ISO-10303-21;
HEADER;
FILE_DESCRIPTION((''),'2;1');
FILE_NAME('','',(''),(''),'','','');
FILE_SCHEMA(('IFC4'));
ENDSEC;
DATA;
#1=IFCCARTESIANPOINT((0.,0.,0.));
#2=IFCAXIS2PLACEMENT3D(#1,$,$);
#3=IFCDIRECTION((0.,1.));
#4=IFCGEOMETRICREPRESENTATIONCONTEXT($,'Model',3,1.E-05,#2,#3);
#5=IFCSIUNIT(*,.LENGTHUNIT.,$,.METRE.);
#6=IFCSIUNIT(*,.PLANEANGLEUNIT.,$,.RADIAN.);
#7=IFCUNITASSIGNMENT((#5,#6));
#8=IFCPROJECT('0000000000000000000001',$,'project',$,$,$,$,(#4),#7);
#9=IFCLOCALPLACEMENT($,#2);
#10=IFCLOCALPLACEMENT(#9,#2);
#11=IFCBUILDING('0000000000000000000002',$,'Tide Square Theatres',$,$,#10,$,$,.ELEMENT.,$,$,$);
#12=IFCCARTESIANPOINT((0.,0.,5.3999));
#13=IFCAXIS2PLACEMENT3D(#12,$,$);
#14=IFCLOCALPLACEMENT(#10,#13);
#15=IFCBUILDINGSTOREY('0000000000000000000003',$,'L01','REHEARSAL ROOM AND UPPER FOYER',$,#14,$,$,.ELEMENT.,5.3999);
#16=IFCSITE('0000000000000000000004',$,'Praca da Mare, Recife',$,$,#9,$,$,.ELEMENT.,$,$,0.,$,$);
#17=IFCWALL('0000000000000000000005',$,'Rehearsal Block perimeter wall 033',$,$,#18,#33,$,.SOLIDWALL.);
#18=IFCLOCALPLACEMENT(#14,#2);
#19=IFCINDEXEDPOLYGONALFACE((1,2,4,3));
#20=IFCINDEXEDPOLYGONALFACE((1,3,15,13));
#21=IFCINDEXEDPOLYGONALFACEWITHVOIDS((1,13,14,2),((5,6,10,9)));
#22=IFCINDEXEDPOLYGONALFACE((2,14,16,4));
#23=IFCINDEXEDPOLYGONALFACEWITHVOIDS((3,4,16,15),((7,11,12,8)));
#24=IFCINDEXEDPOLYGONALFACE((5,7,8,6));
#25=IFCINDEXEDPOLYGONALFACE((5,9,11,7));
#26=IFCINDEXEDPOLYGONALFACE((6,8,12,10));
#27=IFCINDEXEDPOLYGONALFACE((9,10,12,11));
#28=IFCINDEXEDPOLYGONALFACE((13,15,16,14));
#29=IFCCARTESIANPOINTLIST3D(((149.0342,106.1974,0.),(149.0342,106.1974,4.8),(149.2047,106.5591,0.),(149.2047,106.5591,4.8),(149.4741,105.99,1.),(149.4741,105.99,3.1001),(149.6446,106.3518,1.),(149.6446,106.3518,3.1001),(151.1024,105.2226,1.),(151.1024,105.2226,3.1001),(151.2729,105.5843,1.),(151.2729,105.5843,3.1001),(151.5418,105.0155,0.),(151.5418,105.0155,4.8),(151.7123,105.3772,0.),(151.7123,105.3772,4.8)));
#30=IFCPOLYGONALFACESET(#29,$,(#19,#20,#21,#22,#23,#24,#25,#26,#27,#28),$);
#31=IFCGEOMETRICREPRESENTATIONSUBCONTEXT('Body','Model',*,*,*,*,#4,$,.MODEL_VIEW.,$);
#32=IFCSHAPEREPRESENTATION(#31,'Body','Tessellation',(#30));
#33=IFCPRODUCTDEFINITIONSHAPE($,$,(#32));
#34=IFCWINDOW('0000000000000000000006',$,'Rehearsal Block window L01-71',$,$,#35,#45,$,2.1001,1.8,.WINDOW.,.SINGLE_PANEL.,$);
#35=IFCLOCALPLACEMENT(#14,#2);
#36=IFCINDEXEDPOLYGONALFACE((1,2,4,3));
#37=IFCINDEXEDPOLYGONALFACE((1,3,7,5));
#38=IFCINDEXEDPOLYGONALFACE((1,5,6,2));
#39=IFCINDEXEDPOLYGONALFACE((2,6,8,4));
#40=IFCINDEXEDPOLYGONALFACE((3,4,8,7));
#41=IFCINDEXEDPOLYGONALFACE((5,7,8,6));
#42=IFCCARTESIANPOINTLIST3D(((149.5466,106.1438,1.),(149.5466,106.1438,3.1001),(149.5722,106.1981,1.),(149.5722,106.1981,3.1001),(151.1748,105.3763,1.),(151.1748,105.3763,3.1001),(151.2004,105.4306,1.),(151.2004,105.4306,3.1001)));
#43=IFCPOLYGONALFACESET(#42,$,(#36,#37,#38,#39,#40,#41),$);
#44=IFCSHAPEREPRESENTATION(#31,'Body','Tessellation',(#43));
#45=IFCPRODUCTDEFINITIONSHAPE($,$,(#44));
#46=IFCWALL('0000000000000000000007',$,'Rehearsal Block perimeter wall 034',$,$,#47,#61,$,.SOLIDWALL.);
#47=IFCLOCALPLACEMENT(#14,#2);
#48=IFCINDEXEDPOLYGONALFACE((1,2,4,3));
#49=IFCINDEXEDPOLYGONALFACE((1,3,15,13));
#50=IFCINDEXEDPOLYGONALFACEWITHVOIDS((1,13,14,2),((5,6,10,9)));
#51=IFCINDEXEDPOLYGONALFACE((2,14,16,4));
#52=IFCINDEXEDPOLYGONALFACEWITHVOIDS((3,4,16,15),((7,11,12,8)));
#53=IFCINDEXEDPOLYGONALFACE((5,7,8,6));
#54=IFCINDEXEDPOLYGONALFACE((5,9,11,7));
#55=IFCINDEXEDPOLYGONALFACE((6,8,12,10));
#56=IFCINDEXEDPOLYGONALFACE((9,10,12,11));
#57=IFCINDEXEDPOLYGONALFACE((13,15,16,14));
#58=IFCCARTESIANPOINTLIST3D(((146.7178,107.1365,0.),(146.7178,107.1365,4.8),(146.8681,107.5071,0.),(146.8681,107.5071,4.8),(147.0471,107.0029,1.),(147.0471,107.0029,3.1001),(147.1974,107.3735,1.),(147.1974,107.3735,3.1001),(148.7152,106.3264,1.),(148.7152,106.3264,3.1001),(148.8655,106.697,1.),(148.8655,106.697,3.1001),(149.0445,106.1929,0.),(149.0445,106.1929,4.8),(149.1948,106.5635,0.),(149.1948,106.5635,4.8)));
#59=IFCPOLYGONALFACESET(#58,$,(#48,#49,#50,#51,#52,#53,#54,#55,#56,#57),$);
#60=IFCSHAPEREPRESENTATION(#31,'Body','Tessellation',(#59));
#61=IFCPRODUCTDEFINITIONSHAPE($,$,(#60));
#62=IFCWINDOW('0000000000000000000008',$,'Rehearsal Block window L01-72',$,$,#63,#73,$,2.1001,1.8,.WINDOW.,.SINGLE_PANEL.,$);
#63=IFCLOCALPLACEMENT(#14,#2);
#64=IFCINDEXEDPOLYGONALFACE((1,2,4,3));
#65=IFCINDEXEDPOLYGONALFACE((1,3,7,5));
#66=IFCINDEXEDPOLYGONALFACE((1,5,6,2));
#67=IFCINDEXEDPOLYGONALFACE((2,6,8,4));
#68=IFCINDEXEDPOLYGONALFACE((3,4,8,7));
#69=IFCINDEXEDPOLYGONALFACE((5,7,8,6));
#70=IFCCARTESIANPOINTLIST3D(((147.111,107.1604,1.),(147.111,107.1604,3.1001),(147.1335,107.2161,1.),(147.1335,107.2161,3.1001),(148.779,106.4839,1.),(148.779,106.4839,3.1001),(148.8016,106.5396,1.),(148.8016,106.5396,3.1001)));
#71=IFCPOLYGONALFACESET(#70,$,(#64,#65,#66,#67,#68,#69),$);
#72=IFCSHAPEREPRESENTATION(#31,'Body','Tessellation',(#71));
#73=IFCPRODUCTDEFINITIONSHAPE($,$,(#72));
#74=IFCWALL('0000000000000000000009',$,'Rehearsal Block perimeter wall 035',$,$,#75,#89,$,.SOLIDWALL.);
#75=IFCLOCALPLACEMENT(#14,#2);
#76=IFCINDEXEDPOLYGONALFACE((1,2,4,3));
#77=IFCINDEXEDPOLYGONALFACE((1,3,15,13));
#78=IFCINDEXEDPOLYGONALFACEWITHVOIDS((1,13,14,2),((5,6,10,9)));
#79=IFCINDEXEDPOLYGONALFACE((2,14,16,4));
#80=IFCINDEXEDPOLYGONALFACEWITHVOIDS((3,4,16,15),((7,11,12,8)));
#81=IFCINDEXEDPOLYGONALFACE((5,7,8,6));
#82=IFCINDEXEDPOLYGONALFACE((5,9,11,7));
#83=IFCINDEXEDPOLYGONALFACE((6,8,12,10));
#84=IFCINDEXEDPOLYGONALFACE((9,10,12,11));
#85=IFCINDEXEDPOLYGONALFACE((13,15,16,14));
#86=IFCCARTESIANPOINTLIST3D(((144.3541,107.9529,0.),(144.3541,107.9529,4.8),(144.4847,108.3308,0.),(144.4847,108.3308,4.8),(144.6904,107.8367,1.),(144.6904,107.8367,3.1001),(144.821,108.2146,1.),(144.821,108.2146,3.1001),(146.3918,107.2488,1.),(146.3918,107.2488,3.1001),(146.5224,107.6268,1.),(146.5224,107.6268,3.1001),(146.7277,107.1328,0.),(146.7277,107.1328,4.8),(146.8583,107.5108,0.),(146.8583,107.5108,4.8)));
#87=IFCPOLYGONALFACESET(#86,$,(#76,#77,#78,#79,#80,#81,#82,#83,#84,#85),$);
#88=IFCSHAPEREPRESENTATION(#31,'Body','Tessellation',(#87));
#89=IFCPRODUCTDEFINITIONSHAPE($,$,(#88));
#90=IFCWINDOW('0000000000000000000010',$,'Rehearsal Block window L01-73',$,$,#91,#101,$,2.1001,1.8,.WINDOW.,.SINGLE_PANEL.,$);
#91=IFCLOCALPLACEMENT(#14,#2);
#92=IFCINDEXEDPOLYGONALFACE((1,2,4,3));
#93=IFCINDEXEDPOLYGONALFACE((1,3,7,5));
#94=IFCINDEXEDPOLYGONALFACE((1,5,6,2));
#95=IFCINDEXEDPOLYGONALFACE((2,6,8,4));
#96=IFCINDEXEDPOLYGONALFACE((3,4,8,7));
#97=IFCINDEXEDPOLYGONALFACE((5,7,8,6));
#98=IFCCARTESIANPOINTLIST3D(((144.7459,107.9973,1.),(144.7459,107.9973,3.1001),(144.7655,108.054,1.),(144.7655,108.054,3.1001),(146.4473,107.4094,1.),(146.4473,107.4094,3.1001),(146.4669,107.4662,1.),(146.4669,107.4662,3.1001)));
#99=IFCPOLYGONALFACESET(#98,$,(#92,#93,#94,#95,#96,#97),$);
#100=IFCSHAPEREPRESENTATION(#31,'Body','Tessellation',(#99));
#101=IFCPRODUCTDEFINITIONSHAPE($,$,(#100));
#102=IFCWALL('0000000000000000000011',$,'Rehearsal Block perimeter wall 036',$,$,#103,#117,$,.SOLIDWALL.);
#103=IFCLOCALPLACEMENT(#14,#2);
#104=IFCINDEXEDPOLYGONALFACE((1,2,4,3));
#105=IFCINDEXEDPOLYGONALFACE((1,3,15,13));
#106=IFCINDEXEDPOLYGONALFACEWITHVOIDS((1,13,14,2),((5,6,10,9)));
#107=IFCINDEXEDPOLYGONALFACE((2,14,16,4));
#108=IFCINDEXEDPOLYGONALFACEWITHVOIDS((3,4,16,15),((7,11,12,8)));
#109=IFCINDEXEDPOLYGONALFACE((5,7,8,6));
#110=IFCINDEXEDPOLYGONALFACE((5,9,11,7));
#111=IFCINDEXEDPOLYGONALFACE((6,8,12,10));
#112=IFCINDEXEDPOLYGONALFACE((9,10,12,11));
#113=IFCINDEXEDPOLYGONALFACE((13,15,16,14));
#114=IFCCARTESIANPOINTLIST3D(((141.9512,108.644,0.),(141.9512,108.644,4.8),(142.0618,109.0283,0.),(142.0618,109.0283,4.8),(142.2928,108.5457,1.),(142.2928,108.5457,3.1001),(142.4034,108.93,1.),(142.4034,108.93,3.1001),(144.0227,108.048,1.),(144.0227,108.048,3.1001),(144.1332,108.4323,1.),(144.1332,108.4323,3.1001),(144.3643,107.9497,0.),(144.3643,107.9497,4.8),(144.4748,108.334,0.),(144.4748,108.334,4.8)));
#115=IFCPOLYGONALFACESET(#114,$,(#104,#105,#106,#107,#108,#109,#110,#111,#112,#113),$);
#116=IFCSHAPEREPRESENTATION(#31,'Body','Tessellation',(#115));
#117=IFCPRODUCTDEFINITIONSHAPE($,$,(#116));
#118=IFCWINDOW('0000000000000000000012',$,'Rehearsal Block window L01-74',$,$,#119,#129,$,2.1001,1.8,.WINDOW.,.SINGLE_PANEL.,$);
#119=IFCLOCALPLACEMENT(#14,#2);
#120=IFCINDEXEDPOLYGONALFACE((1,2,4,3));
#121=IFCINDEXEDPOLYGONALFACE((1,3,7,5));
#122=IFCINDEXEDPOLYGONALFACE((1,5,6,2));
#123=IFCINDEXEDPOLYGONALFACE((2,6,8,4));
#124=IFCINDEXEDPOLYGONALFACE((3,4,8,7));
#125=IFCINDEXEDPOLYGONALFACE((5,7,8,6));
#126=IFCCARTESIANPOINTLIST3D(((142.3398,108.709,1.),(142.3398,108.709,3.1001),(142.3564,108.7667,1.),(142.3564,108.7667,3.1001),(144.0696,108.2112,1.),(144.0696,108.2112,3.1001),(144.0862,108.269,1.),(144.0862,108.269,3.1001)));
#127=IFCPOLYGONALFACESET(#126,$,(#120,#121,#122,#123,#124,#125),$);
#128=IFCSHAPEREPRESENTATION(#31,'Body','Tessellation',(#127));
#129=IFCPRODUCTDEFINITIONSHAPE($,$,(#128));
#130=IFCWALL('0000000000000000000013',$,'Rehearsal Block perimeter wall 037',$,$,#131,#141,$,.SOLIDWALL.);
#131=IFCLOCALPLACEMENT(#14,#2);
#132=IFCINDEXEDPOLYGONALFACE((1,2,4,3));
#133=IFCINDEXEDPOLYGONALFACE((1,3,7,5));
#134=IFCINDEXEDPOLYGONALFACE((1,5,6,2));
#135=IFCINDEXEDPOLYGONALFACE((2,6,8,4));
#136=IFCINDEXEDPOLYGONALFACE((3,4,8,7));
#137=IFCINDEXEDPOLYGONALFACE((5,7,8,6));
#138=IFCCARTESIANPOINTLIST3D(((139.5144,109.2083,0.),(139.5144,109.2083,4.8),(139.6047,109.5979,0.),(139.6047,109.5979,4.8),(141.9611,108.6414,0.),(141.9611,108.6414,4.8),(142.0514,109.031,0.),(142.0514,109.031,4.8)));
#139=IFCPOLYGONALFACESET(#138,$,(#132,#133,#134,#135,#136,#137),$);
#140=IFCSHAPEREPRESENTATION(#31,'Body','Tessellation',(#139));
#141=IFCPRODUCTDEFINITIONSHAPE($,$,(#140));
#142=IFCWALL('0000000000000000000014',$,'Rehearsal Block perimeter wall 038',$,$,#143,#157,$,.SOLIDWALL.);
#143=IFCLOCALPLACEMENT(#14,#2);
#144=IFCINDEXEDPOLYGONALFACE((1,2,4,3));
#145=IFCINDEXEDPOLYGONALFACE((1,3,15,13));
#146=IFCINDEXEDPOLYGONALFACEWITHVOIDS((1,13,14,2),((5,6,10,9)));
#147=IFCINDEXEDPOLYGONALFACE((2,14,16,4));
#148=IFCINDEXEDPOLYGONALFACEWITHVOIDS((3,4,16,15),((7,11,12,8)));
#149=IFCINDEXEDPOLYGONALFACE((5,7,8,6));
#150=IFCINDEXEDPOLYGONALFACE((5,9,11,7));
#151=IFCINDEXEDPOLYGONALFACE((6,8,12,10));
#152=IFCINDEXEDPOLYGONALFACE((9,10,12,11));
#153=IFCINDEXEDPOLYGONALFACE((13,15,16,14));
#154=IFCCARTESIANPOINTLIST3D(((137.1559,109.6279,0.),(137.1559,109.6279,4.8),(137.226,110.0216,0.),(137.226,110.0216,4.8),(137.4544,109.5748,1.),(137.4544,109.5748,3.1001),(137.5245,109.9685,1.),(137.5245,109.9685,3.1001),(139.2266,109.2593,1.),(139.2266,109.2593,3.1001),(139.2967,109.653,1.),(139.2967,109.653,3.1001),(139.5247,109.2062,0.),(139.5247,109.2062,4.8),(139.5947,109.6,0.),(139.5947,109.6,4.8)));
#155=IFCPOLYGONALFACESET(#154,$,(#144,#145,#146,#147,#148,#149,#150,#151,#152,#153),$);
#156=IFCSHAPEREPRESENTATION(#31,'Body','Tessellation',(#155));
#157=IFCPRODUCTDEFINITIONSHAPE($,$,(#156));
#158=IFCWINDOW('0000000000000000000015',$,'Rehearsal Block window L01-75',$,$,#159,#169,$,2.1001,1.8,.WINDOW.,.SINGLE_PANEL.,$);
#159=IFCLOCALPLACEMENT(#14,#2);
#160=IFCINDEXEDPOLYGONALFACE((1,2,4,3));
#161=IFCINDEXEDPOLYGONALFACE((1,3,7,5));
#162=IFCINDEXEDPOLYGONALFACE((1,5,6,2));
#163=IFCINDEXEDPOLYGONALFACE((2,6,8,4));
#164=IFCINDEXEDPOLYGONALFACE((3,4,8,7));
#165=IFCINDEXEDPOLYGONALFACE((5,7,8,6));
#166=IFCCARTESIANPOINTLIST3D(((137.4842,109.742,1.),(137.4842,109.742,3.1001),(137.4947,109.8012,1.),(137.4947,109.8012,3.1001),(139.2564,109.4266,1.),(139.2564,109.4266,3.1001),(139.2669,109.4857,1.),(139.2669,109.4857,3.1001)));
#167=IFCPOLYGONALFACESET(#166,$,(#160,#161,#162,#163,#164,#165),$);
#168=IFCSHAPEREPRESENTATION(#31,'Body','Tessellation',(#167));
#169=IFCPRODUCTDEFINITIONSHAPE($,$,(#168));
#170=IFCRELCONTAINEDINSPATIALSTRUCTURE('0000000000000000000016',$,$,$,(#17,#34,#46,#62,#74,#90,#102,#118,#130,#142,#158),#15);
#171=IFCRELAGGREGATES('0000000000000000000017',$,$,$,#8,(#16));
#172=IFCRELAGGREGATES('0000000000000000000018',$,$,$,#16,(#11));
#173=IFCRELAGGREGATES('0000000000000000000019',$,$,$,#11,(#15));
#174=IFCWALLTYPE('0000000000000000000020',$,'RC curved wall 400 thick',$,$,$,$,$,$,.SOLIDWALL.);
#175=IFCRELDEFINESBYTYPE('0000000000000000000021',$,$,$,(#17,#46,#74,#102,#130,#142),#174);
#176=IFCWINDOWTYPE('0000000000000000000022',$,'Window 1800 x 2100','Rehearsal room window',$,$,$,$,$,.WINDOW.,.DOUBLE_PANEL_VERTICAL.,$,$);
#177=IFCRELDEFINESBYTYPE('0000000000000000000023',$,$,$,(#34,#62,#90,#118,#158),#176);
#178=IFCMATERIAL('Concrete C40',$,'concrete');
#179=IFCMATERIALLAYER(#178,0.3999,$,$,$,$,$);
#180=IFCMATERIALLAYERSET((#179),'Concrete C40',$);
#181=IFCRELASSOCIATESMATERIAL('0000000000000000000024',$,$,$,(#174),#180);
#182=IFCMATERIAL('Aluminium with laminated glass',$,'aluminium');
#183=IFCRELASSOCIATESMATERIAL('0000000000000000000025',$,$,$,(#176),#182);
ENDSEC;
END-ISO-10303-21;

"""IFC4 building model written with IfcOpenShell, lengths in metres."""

from ifc_helpers import new_model, si_unit, direction, frame, frame_2d, origin, place, context, subcontext, project, spatial, rectangle, extrude, material, layer, layer_set, type_object, element, fill, save


model = new_model("IFC4")

# Units and contexts
model_context = context("Model", 3, precision=1e-05, world=origin(), true_north=direction((0.0, 1.0)))
body_context = subcontext(model_context, "Body", "Model", "MODEL_VIEW")
ifc_project = project(units=[si_unit("LENGTHUNIT", "METRE"), si_unit("PLANEANGLEUNIT", "RADIAN")], contexts=[model_context])

# Site, building, storey
site_placement = place(None, origin())
site = spatial("IfcSite", under=ifc_project, at=site_placement, Name="Praca da Mare, Recife", CompositionType="ELEMENT", RefElevation=0.0)
building_placement = place(site_placement, origin())
building = spatial("IfcBuilding", under=site, at=building_placement, Name="Tide Square Theatres", CompositionType="ELEMENT")
storey_placement = place(building_placement, frame((0.0, 0.0, 5.3999)))
storey = spatial("IfcBuildingStorey", under=building, at=storey_placement, Name="L01", Description="REHEARSAL ROOM AND UPPER FOYER", CompositionType="ELEMENT", Elevation=5.3999)

# Walls, openings, windows
ifc_material_1 = material(Name="Concrete C40", Category="concrete")
ifc_layer_1 = layer(ifc_material_1, 0.3999)
ifc_layer_set_1 = layer_set([ifc_layer_1], Name="Concrete C40")
wall_type_1 = type_object("IfcWallType", Name="RC curved wall 400 thick", PredefinedType="SOLIDWALL", material=ifc_layer_set_1)
wall_1_placement = place(storey_placement, frame((151.6272, 105.1963, 0.0), z_axis=(0.0, 0.0, 1.0), x_axis=(-0.904561, 0.426344, 0.0)))
wall_1 = element("IfcWall", 1, at=wall_1_placement, inside=storey, type_object=wall_type_1, Name="Rehearsal Block perimeter wall 033", PredefinedType="SOLIDWALL", context=body_context, shape_type="SweptSolid", body=[
    extrude(rectangle(XDim=2.7722, YDim=0.3999, at=frame_2d((1.3862, 0.0))), origin(), (0.0, 0.0, 1.0), 4.8),
])
opening_1_placement = place(wall_1_placement, frame((0.4861, 0.0, 1.0)))
opening_1 = element("IfcOpeningElement", 2, at=opening_1_placement, cuts=wall_1, PredefinedType="OPENING", context=body_context, shape_type="SweptSolid", body=[
    extrude(rectangle(XDim=1.8, YDim=2.1001, at=frame_2d((0.8999, 1.05))), frame((0.0, 0.21, 0.0), z_axis=(0.0, -1.0, 0.0), x_axis=(1.0, 0.0, 0.0)), (0.0, 0.0, 1.0), 0.4199),
])
ifc_material_2 = material(Name="Aluminium with laminated glass", Category="aluminium")
window_type = type_object("IfcWindowType", Name="Window 1800 x 2100", Description="Rehearsal room window", PartitioningType="DOUBLE_PANEL_VERTICAL", PredefinedType="WINDOW", material=ifc_material_2)
window_1_placement = place(opening_1_placement, origin())
window_1 = element("IfcWindow", 3, at=window_1_placement, inside=storey, type_object=window_type, Name="Rehearsal Block window L01-71", OverallHeight=2.1001, OverallWidth=1.8, PartitioningType="SINGLE_PANEL", PredefinedType="WINDOW", context=body_context, shape_type="SweptSolid", body=[
    extrude(rectangle(XDim=1.8, YDim=2.1001, at=frame_2d((0.8999, 1.05))), frame((0.0, 0.03, 0.0), z_axis=(0.0, -1.0, 0.0), x_axis=(1.0, 0.0, 0.0)), (0.0, 0.0, 1.0), 0.0601),
])
fill(opening_1, window_1)
wall_2_placement = place(storey_placement, frame((149.1196, 106.3782, 0.0), z_axis=(0.0, 0.0, 1.0), x_axis=(-0.926689, 0.375829, 0.0)))
wall_2 = element("IfcWall", 4, at=wall_2_placement, inside=storey, type_object=wall_type_1, Name="Rehearsal Block perimeter wall 034", PredefinedType="SOLIDWALL", context=body_context, shape_type="SweptSolid", body=[
    extrude(rectangle(XDim=2.5107, YDim=0.3999, at=frame_2d((1.2554, 0.0))), origin(), (0.0, 0.0, 1.0), 4.8),
])
opening_2_placement = place(wall_2_placement, frame((0.3555, 0.0, 1.0)))
opening_2 = element("IfcOpeningElement", 5, at=opening_2_placement, cuts=wall_2, PredefinedType="OPENING", context=body_context, shape_type="SweptSolid", body=[
    extrude(rectangle(XDim=1.8, YDim=2.1001, at=frame_2d((0.8999, 1.05))), frame((0.0, 0.21, 0.0), z_axis=(0.0, -1.0, 0.0), x_axis=(1.0, 0.0, 0.0)), (0.0, 0.0, 1.0), 0.4199),
])
window_2_placement = place(opening_2_placement, origin())
window_2 = element("IfcWindow", 6, at=window_2_placement, inside=storey, type_object=window_type, Name="Rehearsal Block window L01-72", OverallHeight=2.1001, OverallWidth=1.8, PartitioningType="SINGLE_PANEL", PredefinedType="WINDOW", context=body_context, shape_type="SweptSolid", body=[
    extrude(rectangle(XDim=1.8, YDim=2.1001, at=frame_2d((0.8999, 1.05))), frame((0.0, 0.03, 0.0), z_axis=(0.0, -1.0, 0.0), x_axis=(1.0, 0.0, 0.0)), (0.0, 0.0, 1.0), 0.0601),
])
fill(opening_2, window_2)
wall_3_placement = place(storey_placement, frame((146.793, 107.3218, 0.0), z_axis=(0.0, 0.0, 1.0), x_axis=(-0.945175, 0.326563, 0.0)))
wall_3 = element("IfcWall", 7, at=wall_3_placement, inside=storey, type_object=wall_type_1, Name="Rehearsal Block perimeter wall 035", PredefinedType="SOLIDWALL", context=body_context, shape_type="SweptSolid", body=[
    extrude(rectangle(XDim=2.5112, YDim=0.3999, at=frame_2d((1.2556, 0.0))), origin(), (0.0, 0.0, 1.0), 4.8),
])
opening_3_placement = place(wall_3_placement, frame((0.3555, 0.0, 1.0)))
opening_3 = element("IfcOpeningElement", 8, at=opening_3_placement, cuts=wall_3, PredefinedType="OPENING", context=body_context, shape_type="SweptSolid", body=[
    extrude(rectangle(XDim=1.8, YDim=2.1001, at=frame_2d((0.8999, 1.05))), frame((0.0, 0.21, 0.0), z_axis=(0.0, -1.0, 0.0), x_axis=(1.0, 0.0, 0.0)), (0.0, 0.0, 1.0), 0.4199),
])
window_3_placement = place(opening_3_placement, origin())
window_3 = element("IfcWindow", 9, at=window_3_placement, inside=storey, type_object=window_type, Name="Rehearsal Block window L01-73", OverallHeight=2.1001, OverallWidth=1.8, PartitioningType="SINGLE_PANEL", PredefinedType="WINDOW", context=body_context, shape_type="SweptSolid", body=[
    extrude(rectangle(XDim=1.8, YDim=2.1001, at=frame_2d((0.8999, 1.05))), frame((0.0, 0.03, 0.0), z_axis=(0.0, -1.0, 0.0), x_axis=(1.0, 0.0, 0.0)), (0.0, 0.0, 1.0), 0.0601),
])
fill(opening_3, window_3)
wall_4_placement = place(storey_placement, frame((144.4194, 108.1418, 0.0), z_axis=(0.0, 0.0, 1.0), x_axis=(-0.961009, 0.276518, 0.0)))
wall_4 = element("IfcWall", 10, at=wall_4_placement, inside=storey, type_object=wall_type_1, Name="Rehearsal Block perimeter wall 036", PredefinedType="SOLIDWALL", context=body_context, shape_type="SweptSolid", body=[
    extrude(rectangle(XDim=2.511, YDim=0.3999, at=frame_2d((1.2554, 0.0))), origin(), (0.0, 0.0, 1.0), 4.8),
])
opening_4_placement = place(wall_4_placement, frame((0.3555, 0.0, 1.0)))
opening_4 = element("IfcOpeningElement", 11, at=opening_4_placement, cuts=wall_4, PredefinedType="OPENING", context=body_context, shape_type="SweptSolid", body=[
    extrude(rectangle(XDim=1.8, YDim=2.1001, at=frame_2d((0.8999, 1.05))), frame((0.0, 0.21, 0.0), z_axis=(0.0, -1.0, 0.0), x_axis=(1.0, 0.0, 0.0)), (0.0, 0.0, 1.0), 0.4199),
])
window_4_placement = place(opening_4_placement, origin())
window_4 = element("IfcWindow", 12, at=window_4_placement, inside=storey, type_object=window_type, Name="Rehearsal Block window L01-74", OverallHeight=2.1001, OverallWidth=1.8, PartitioningType="SINGLE_PANEL", PredefinedType="WINDOW", context=body_context, shape_type="SweptSolid", body=[
    extrude(rectangle(XDim=1.8, YDim=2.1001, at=frame_2d((0.8999, 1.05))), frame((0.0, 0.03, 0.0), z_axis=(0.0, -1.0, 0.0), x_axis=(1.0, 0.0, 0.0)), (0.0, 0.0, 1.0), 0.0601),
])
fill(opening_4, window_4)

# Wall
wall_5_placement = place(storey_placement, frame((142.0063, 108.8362, 0.0), z_axis=(0.0, 0.0, 1.0), x_axis=(-0.974189, 0.225733, 0.0)))
element("IfcWall", 13, at=wall_5_placement, inside=storey, type_object=wall_type_1, Name="Rehearsal Block perimeter wall 037", PredefinedType="SOLIDWALL", context=body_context, shape_type="SweptSolid", body=[
    extrude(rectangle(XDim=2.5115, YDim=0.3999, at=frame_2d((1.2559, 0.0))), origin(), (0.0, 0.0, 1.0), 4.8),
])

# Wall, opening, window
wall_6_placement = place(storey_placement, frame((139.5598, 109.4031, 0.0), z_axis=(0.0, 0.0, 1.0), x_axis=(-0.984524, 0.17525, 0.0)))
wall_6 = element("IfcWall", 14, at=wall_6_placement, inside=storey, type_object=wall_type_1, Name="Rehearsal Block perimeter wall 038", PredefinedType="SOLIDWALL", context=body_context, shape_type="SweptSolid", body=[
    extrude(rectangle(XDim=2.406, YDim=0.3999, at=frame_2d((1.2031, 0.0))), origin(), (0.0, 0.0, 1.0), 4.8),
])
opening_5_placement = place(wall_6_placement, frame((0.303, 0.0, 1.0)))
opening_5 = element("IfcOpeningElement", 15, at=opening_5_placement, cuts=wall_6, PredefinedType="OPENING", context=body_context, shape_type="SweptSolid", body=[
    extrude(rectangle(XDim=1.8, YDim=2.1001, at=frame_2d((0.8999, 1.05))), frame((0.0, 0.21, 0.0), z_axis=(0.0, -1.0, 0.0), x_axis=(1.0, 0.0, 0.0)), (0.0, 0.0, 1.0), 0.4199),
])
window_5_placement = place(opening_5_placement, origin())
window_5 = element("IfcWindow", 16, at=window_5_placement, inside=storey, type_object=window_type, Name="Rehearsal Block window L01-75", OverallHeight=2.1001, OverallWidth=1.8, PartitioningType="SINGLE_PANEL", PredefinedType="WINDOW", context=body_context, shape_type="SweptSolid", body=[
    extrude(rectangle(XDim=1.8, YDim=2.1001, at=frame_2d((0.8999, 1.05))), frame((0.0, 0.03, 0.0), z_axis=(0.0, -1.0, 0.0), x_axis=(1.0, 0.0, 0.0)), (0.0, 0.0, 1.0), 0.0601),
])
fill(opening_5, window_5)

save(model, "model.ifc")
